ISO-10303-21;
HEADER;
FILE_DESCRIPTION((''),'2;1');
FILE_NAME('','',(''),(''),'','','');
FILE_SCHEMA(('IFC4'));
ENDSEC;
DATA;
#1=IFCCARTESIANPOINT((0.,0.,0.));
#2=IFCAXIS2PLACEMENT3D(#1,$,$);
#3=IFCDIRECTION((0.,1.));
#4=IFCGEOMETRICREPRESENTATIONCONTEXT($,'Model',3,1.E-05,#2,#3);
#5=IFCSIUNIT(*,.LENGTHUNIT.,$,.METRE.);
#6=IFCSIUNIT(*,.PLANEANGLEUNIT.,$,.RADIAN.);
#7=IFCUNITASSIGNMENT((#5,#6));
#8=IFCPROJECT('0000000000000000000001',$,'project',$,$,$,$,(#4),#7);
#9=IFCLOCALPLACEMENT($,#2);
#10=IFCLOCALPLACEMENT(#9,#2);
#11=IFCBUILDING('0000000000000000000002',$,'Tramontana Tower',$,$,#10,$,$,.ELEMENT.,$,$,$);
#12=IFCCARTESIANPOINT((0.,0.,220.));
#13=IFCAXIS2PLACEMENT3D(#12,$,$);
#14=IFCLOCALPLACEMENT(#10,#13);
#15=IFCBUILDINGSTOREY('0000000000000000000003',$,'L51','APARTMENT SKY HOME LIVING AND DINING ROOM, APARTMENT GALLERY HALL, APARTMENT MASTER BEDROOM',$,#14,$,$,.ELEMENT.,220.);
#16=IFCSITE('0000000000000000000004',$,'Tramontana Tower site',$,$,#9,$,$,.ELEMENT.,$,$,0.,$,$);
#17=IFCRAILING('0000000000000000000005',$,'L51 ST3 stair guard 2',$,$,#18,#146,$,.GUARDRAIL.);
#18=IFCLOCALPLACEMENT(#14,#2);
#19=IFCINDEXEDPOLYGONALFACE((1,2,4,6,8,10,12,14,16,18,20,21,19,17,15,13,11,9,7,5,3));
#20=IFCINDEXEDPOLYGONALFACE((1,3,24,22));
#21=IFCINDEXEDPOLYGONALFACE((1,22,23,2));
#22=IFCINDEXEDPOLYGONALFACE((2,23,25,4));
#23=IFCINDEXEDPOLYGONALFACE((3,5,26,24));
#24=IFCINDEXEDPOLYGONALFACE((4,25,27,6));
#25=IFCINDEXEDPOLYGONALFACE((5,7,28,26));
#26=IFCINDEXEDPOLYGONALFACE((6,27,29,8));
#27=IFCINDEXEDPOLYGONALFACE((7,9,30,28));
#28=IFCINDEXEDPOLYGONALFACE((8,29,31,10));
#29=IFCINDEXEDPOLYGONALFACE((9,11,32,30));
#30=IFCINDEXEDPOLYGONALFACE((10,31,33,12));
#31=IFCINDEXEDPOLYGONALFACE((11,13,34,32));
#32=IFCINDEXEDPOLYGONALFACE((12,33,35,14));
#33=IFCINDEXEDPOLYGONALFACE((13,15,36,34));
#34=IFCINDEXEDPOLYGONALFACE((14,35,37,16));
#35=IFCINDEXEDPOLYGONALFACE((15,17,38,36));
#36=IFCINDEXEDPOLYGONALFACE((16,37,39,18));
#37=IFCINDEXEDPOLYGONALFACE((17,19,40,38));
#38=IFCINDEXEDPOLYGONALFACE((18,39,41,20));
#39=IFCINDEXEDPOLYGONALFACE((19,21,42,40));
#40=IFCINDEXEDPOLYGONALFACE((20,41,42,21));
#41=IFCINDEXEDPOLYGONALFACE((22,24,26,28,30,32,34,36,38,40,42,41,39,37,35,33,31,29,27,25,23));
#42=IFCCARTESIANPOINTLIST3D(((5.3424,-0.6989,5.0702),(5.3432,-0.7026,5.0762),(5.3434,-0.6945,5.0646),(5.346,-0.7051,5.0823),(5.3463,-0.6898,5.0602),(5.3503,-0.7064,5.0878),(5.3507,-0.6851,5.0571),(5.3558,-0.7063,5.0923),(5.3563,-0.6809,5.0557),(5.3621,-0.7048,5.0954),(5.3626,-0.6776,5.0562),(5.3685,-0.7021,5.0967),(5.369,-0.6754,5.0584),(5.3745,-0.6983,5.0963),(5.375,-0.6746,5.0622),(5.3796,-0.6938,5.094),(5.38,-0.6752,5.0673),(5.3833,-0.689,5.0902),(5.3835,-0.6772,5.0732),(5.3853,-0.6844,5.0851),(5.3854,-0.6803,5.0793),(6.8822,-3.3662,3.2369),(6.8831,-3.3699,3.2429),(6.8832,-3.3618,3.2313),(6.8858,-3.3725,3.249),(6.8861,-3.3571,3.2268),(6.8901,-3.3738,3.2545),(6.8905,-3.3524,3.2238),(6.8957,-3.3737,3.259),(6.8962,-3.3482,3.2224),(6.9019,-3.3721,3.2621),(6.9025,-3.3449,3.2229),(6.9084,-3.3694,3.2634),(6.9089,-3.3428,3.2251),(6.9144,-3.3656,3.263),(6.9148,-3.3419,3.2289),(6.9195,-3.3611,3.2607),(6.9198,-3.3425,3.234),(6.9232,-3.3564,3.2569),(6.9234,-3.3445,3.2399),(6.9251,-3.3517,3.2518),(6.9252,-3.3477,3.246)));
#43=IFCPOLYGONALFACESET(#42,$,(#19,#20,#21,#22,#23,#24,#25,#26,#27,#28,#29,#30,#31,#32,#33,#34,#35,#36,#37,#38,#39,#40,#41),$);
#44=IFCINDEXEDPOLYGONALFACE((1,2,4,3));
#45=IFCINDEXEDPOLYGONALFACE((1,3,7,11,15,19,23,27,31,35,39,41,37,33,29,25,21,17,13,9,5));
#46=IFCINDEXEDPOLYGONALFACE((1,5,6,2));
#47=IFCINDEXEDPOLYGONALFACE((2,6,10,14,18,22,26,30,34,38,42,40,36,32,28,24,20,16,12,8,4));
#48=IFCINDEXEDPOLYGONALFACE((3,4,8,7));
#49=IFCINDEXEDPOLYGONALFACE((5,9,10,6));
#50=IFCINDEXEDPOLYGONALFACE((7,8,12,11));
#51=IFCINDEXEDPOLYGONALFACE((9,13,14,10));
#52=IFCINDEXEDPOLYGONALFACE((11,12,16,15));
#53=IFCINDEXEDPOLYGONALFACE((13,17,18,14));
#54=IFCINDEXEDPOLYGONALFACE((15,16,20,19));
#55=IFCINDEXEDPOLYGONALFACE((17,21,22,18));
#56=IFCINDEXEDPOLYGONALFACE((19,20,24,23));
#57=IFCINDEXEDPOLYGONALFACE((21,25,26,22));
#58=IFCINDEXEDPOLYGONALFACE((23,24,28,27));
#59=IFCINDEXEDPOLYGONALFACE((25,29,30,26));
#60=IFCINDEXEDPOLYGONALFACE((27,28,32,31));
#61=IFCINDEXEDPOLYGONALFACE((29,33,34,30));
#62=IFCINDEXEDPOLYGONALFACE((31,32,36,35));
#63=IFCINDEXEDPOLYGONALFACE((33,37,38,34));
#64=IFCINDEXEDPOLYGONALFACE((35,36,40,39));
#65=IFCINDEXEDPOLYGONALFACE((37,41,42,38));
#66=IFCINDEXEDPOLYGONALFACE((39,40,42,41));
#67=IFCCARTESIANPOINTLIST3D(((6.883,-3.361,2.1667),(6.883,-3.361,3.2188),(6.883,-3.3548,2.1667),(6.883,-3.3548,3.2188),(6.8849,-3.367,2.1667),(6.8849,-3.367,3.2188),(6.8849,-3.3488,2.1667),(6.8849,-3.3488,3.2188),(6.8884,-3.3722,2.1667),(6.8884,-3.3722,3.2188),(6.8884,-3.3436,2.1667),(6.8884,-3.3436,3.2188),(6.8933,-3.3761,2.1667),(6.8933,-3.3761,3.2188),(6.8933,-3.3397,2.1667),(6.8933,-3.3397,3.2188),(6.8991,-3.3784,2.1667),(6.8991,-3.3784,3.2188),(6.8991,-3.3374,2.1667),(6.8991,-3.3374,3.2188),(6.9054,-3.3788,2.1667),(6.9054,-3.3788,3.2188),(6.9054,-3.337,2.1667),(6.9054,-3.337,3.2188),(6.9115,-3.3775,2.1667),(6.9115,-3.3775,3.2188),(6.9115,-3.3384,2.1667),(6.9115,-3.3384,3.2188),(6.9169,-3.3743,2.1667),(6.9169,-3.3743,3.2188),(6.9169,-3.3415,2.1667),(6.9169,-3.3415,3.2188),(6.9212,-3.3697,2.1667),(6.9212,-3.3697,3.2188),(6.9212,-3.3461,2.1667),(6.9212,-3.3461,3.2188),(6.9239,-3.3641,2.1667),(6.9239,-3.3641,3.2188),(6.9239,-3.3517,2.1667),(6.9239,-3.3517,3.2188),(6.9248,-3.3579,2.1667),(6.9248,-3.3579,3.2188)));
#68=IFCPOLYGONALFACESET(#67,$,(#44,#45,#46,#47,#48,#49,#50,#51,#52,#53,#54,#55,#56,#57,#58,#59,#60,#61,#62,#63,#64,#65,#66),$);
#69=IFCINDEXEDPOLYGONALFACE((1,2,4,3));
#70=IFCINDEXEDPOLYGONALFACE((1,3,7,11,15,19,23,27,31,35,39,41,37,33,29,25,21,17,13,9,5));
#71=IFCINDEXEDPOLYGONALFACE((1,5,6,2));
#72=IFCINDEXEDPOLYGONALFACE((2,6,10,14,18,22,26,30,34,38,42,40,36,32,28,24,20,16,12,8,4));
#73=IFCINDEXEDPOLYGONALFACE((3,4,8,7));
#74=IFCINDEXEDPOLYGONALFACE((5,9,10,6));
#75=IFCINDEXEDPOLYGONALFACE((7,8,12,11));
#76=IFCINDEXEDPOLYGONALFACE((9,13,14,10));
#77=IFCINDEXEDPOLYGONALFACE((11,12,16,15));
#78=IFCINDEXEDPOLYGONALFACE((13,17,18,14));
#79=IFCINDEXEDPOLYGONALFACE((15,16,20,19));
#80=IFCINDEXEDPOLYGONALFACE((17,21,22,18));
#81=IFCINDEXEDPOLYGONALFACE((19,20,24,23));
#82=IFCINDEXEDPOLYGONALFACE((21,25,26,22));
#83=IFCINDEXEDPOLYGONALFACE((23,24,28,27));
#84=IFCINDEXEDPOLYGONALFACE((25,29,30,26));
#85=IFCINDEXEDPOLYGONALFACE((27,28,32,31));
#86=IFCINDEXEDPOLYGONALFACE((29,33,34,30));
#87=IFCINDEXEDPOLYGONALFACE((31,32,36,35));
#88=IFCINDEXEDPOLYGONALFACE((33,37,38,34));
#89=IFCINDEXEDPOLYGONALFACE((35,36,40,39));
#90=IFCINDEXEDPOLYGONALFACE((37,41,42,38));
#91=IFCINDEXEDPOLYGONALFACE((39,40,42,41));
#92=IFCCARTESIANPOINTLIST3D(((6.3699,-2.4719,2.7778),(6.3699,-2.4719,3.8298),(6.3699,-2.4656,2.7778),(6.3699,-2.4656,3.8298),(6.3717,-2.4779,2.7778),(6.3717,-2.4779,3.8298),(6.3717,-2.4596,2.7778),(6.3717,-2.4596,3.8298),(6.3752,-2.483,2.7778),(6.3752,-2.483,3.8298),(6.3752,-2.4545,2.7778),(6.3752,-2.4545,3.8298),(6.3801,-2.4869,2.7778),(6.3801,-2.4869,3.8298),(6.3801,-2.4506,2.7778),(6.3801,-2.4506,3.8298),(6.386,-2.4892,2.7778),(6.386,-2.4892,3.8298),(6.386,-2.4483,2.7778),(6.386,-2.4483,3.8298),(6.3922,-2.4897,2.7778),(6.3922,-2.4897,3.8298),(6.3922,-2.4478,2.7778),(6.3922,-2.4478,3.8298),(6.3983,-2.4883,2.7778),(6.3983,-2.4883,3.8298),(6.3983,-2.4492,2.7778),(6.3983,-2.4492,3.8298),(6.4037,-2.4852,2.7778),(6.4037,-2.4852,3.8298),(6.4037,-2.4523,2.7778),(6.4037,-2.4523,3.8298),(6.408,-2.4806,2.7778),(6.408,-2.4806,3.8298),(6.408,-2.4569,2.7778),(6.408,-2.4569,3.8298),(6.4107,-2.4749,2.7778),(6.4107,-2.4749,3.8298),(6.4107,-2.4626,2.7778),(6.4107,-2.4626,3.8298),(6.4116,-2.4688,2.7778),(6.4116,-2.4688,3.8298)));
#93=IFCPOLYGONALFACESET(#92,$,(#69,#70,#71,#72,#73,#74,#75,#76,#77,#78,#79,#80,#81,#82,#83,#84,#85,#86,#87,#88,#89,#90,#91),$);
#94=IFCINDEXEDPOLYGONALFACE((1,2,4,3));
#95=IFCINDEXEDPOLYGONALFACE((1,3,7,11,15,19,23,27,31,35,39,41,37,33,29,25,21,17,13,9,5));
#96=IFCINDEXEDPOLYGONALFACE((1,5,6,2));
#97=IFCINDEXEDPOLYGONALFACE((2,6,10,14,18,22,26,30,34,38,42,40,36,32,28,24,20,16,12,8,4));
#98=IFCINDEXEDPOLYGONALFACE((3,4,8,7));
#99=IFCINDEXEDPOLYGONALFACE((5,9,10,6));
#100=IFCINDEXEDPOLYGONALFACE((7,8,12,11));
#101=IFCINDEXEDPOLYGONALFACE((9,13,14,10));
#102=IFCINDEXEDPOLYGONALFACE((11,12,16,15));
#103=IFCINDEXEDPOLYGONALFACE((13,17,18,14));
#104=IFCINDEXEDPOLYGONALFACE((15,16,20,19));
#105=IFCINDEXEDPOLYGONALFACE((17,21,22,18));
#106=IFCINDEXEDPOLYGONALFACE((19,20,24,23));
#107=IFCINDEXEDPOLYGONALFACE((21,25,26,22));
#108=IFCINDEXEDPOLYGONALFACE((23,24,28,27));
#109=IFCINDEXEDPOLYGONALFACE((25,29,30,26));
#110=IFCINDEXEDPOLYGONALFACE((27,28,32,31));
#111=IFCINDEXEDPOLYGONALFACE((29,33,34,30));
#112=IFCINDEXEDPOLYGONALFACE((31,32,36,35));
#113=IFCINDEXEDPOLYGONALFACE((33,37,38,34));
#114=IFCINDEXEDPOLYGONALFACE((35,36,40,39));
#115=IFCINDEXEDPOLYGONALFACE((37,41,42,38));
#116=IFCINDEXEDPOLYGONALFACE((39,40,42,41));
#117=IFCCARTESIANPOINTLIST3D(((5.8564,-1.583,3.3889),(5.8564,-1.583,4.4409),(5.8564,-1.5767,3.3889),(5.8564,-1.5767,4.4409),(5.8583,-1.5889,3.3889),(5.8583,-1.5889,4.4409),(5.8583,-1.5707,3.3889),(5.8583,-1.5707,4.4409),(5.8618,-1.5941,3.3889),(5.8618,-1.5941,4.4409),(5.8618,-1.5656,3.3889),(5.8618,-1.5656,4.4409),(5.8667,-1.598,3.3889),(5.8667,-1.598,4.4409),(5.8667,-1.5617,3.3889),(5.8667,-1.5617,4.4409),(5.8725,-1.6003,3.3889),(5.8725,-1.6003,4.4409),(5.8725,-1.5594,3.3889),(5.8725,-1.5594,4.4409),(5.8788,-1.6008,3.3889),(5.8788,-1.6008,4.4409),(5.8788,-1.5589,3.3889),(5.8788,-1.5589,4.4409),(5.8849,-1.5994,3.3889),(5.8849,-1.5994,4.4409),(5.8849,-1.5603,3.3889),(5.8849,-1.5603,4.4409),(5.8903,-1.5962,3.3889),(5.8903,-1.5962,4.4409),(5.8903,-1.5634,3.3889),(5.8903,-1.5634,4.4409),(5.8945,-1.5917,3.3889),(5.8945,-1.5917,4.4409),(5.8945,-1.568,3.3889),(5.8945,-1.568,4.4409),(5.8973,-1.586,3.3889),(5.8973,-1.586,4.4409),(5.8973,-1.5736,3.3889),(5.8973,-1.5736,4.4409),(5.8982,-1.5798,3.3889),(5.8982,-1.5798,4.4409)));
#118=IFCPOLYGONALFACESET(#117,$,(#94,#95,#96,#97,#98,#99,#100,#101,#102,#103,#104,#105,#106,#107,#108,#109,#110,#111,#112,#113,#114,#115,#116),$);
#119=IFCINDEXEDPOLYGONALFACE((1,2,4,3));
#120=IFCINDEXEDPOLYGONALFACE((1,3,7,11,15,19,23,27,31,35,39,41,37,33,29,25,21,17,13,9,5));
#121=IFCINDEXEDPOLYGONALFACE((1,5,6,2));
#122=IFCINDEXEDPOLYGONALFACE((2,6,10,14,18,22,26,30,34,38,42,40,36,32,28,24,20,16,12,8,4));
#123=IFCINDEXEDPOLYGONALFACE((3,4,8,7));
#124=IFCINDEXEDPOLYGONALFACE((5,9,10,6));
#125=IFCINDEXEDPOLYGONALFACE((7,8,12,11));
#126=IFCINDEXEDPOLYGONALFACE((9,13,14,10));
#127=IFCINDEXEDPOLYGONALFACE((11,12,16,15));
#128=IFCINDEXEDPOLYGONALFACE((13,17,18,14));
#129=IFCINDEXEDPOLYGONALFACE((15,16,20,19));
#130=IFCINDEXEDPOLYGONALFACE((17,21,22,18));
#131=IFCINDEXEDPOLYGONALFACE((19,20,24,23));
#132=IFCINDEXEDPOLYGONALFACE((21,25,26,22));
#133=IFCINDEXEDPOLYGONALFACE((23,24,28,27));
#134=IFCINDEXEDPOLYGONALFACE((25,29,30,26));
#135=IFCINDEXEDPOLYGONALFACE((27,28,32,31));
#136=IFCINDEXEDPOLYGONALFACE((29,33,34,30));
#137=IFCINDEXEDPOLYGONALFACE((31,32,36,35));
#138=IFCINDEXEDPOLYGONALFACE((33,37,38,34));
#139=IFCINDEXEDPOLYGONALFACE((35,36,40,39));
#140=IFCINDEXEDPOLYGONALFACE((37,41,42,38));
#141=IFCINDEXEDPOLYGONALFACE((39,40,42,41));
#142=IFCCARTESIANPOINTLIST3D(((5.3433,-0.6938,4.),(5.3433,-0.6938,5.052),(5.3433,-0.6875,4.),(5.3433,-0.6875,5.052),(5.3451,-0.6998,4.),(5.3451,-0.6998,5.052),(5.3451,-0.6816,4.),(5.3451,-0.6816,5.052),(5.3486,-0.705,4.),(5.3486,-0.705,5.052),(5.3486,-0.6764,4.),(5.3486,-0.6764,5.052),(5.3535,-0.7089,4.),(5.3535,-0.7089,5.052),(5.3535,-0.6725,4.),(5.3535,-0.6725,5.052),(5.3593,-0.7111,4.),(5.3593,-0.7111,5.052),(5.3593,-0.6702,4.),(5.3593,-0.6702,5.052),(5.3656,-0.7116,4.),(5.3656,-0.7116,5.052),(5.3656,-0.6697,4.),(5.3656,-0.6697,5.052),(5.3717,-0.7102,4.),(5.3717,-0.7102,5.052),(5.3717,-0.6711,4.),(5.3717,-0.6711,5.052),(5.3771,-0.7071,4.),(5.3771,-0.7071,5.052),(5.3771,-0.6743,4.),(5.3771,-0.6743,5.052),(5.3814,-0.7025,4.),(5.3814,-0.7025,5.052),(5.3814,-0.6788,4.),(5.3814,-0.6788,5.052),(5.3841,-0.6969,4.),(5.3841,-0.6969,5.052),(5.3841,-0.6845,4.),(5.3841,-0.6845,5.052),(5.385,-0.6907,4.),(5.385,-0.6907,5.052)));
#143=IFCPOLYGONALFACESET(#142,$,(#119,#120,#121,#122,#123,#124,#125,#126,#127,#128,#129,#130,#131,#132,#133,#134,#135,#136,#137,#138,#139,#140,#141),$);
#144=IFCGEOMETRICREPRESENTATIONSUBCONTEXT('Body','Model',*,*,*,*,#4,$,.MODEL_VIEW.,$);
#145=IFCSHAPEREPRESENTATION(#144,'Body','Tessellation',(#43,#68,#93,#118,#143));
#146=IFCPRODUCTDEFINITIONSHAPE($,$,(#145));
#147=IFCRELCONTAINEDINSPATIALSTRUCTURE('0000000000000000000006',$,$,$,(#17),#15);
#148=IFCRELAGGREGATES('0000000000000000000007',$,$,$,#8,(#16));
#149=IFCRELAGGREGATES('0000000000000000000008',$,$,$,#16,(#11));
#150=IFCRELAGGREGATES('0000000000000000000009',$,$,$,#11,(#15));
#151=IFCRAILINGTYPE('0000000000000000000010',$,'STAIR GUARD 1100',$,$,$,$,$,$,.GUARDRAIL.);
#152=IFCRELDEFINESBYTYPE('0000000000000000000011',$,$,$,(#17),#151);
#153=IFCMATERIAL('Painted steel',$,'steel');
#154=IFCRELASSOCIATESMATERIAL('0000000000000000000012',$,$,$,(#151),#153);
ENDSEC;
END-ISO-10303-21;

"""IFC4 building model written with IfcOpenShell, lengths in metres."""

from ifc_helpers import new_model, si_unit, direction, frame, origin, origin_2d, place, context, subcontext, project, spatial, circle, extrude, material, type_object, element, save


model = new_model("IFC4")

# Units and contexts
model_context = context("Model", 3, precision=1e-05, world=origin(), true_north=direction((0.0, 1.0)))
body_context = subcontext(model_context, "Body", "Model", "MODEL_VIEW")
ifc_project = project(units=[si_unit("LENGTHUNIT", "METRE"), si_unit("PLANEANGLEUNIT", "RADIAN")], contexts=[model_context])

# Site, building, storey
site_placement = place(None, origin())
site = spatial("IfcSite", under=ifc_project, at=site_placement, Name="Tramontana Tower site", CompositionType="ELEMENT", RefElevation=0.0)
building_placement = place(site_placement, origin())
building = spatial("IfcBuilding", under=site, at=building_placement, Name="Tramontana Tower", CompositionType="ELEMENT")
storey_placement = place(building_placement, frame((0.0, 0.0, 220.0)))
storey = spatial("IfcBuildingStorey", under=building, at=storey_placement, Name="L51", Description="APARTMENT SKY HOME LIVING AND DINING ROOM, APARTMENT GALLERY HALL, APARTMENT MASTER BEDROOM", CompositionType="ELEMENT", Elevation=220.0)

# Railing
ifc_material_1 = material(Name="Painted steel", Category="steel")
railing_type_1 = type_object("IfcRailingType", Name="STAIR GUARD 1100", PredefinedType="GUARDRAIL", material=ifc_material_1)
railing_1_placement = place(storey_placement, frame((6.9038, -3.3579, 2.1667)))
element("IfcRailing", 1, at=railing_1_placement, inside=storey, type_object=railing_type_1, Name="L51 ST3 stair guard 2", PredefinedType="GUARDRAIL", context=body_context, shape_type="SweptSolid", body=[
    extrude(circle(Radius=0.0239, at=origin_2d()), frame((0.0, 0.0, 1.0762), z_axis=(-0.429616, 0.744181, 0.511493), x_axis=(-0.866044, -0.499967, 0.0)), (0.0, 0.0, 1.0), 3.5842),
    extrude(circle(Radius=0.021, at=origin_2d()), origin(), (0.0, 0.0, 1.0), 1.052),
    extrude(circle(Radius=0.021, at=origin_2d()), frame((-0.5132, 0.8892, 0.6111)), (0.0, 0.0, 1.0), 1.052),
    extrude(circle(Radius=0.021, at=origin_2d()), frame((-1.0266, 1.7781, 1.2222)), (0.0, 0.0, 1.0), 1.052),
    extrude(circle(Radius=0.021, at=origin_2d()), frame((-1.5398, 2.6672, 1.8333)), (0.0, 0.0, 1.0), 1.052),
])

save(model, "model.ifc")
